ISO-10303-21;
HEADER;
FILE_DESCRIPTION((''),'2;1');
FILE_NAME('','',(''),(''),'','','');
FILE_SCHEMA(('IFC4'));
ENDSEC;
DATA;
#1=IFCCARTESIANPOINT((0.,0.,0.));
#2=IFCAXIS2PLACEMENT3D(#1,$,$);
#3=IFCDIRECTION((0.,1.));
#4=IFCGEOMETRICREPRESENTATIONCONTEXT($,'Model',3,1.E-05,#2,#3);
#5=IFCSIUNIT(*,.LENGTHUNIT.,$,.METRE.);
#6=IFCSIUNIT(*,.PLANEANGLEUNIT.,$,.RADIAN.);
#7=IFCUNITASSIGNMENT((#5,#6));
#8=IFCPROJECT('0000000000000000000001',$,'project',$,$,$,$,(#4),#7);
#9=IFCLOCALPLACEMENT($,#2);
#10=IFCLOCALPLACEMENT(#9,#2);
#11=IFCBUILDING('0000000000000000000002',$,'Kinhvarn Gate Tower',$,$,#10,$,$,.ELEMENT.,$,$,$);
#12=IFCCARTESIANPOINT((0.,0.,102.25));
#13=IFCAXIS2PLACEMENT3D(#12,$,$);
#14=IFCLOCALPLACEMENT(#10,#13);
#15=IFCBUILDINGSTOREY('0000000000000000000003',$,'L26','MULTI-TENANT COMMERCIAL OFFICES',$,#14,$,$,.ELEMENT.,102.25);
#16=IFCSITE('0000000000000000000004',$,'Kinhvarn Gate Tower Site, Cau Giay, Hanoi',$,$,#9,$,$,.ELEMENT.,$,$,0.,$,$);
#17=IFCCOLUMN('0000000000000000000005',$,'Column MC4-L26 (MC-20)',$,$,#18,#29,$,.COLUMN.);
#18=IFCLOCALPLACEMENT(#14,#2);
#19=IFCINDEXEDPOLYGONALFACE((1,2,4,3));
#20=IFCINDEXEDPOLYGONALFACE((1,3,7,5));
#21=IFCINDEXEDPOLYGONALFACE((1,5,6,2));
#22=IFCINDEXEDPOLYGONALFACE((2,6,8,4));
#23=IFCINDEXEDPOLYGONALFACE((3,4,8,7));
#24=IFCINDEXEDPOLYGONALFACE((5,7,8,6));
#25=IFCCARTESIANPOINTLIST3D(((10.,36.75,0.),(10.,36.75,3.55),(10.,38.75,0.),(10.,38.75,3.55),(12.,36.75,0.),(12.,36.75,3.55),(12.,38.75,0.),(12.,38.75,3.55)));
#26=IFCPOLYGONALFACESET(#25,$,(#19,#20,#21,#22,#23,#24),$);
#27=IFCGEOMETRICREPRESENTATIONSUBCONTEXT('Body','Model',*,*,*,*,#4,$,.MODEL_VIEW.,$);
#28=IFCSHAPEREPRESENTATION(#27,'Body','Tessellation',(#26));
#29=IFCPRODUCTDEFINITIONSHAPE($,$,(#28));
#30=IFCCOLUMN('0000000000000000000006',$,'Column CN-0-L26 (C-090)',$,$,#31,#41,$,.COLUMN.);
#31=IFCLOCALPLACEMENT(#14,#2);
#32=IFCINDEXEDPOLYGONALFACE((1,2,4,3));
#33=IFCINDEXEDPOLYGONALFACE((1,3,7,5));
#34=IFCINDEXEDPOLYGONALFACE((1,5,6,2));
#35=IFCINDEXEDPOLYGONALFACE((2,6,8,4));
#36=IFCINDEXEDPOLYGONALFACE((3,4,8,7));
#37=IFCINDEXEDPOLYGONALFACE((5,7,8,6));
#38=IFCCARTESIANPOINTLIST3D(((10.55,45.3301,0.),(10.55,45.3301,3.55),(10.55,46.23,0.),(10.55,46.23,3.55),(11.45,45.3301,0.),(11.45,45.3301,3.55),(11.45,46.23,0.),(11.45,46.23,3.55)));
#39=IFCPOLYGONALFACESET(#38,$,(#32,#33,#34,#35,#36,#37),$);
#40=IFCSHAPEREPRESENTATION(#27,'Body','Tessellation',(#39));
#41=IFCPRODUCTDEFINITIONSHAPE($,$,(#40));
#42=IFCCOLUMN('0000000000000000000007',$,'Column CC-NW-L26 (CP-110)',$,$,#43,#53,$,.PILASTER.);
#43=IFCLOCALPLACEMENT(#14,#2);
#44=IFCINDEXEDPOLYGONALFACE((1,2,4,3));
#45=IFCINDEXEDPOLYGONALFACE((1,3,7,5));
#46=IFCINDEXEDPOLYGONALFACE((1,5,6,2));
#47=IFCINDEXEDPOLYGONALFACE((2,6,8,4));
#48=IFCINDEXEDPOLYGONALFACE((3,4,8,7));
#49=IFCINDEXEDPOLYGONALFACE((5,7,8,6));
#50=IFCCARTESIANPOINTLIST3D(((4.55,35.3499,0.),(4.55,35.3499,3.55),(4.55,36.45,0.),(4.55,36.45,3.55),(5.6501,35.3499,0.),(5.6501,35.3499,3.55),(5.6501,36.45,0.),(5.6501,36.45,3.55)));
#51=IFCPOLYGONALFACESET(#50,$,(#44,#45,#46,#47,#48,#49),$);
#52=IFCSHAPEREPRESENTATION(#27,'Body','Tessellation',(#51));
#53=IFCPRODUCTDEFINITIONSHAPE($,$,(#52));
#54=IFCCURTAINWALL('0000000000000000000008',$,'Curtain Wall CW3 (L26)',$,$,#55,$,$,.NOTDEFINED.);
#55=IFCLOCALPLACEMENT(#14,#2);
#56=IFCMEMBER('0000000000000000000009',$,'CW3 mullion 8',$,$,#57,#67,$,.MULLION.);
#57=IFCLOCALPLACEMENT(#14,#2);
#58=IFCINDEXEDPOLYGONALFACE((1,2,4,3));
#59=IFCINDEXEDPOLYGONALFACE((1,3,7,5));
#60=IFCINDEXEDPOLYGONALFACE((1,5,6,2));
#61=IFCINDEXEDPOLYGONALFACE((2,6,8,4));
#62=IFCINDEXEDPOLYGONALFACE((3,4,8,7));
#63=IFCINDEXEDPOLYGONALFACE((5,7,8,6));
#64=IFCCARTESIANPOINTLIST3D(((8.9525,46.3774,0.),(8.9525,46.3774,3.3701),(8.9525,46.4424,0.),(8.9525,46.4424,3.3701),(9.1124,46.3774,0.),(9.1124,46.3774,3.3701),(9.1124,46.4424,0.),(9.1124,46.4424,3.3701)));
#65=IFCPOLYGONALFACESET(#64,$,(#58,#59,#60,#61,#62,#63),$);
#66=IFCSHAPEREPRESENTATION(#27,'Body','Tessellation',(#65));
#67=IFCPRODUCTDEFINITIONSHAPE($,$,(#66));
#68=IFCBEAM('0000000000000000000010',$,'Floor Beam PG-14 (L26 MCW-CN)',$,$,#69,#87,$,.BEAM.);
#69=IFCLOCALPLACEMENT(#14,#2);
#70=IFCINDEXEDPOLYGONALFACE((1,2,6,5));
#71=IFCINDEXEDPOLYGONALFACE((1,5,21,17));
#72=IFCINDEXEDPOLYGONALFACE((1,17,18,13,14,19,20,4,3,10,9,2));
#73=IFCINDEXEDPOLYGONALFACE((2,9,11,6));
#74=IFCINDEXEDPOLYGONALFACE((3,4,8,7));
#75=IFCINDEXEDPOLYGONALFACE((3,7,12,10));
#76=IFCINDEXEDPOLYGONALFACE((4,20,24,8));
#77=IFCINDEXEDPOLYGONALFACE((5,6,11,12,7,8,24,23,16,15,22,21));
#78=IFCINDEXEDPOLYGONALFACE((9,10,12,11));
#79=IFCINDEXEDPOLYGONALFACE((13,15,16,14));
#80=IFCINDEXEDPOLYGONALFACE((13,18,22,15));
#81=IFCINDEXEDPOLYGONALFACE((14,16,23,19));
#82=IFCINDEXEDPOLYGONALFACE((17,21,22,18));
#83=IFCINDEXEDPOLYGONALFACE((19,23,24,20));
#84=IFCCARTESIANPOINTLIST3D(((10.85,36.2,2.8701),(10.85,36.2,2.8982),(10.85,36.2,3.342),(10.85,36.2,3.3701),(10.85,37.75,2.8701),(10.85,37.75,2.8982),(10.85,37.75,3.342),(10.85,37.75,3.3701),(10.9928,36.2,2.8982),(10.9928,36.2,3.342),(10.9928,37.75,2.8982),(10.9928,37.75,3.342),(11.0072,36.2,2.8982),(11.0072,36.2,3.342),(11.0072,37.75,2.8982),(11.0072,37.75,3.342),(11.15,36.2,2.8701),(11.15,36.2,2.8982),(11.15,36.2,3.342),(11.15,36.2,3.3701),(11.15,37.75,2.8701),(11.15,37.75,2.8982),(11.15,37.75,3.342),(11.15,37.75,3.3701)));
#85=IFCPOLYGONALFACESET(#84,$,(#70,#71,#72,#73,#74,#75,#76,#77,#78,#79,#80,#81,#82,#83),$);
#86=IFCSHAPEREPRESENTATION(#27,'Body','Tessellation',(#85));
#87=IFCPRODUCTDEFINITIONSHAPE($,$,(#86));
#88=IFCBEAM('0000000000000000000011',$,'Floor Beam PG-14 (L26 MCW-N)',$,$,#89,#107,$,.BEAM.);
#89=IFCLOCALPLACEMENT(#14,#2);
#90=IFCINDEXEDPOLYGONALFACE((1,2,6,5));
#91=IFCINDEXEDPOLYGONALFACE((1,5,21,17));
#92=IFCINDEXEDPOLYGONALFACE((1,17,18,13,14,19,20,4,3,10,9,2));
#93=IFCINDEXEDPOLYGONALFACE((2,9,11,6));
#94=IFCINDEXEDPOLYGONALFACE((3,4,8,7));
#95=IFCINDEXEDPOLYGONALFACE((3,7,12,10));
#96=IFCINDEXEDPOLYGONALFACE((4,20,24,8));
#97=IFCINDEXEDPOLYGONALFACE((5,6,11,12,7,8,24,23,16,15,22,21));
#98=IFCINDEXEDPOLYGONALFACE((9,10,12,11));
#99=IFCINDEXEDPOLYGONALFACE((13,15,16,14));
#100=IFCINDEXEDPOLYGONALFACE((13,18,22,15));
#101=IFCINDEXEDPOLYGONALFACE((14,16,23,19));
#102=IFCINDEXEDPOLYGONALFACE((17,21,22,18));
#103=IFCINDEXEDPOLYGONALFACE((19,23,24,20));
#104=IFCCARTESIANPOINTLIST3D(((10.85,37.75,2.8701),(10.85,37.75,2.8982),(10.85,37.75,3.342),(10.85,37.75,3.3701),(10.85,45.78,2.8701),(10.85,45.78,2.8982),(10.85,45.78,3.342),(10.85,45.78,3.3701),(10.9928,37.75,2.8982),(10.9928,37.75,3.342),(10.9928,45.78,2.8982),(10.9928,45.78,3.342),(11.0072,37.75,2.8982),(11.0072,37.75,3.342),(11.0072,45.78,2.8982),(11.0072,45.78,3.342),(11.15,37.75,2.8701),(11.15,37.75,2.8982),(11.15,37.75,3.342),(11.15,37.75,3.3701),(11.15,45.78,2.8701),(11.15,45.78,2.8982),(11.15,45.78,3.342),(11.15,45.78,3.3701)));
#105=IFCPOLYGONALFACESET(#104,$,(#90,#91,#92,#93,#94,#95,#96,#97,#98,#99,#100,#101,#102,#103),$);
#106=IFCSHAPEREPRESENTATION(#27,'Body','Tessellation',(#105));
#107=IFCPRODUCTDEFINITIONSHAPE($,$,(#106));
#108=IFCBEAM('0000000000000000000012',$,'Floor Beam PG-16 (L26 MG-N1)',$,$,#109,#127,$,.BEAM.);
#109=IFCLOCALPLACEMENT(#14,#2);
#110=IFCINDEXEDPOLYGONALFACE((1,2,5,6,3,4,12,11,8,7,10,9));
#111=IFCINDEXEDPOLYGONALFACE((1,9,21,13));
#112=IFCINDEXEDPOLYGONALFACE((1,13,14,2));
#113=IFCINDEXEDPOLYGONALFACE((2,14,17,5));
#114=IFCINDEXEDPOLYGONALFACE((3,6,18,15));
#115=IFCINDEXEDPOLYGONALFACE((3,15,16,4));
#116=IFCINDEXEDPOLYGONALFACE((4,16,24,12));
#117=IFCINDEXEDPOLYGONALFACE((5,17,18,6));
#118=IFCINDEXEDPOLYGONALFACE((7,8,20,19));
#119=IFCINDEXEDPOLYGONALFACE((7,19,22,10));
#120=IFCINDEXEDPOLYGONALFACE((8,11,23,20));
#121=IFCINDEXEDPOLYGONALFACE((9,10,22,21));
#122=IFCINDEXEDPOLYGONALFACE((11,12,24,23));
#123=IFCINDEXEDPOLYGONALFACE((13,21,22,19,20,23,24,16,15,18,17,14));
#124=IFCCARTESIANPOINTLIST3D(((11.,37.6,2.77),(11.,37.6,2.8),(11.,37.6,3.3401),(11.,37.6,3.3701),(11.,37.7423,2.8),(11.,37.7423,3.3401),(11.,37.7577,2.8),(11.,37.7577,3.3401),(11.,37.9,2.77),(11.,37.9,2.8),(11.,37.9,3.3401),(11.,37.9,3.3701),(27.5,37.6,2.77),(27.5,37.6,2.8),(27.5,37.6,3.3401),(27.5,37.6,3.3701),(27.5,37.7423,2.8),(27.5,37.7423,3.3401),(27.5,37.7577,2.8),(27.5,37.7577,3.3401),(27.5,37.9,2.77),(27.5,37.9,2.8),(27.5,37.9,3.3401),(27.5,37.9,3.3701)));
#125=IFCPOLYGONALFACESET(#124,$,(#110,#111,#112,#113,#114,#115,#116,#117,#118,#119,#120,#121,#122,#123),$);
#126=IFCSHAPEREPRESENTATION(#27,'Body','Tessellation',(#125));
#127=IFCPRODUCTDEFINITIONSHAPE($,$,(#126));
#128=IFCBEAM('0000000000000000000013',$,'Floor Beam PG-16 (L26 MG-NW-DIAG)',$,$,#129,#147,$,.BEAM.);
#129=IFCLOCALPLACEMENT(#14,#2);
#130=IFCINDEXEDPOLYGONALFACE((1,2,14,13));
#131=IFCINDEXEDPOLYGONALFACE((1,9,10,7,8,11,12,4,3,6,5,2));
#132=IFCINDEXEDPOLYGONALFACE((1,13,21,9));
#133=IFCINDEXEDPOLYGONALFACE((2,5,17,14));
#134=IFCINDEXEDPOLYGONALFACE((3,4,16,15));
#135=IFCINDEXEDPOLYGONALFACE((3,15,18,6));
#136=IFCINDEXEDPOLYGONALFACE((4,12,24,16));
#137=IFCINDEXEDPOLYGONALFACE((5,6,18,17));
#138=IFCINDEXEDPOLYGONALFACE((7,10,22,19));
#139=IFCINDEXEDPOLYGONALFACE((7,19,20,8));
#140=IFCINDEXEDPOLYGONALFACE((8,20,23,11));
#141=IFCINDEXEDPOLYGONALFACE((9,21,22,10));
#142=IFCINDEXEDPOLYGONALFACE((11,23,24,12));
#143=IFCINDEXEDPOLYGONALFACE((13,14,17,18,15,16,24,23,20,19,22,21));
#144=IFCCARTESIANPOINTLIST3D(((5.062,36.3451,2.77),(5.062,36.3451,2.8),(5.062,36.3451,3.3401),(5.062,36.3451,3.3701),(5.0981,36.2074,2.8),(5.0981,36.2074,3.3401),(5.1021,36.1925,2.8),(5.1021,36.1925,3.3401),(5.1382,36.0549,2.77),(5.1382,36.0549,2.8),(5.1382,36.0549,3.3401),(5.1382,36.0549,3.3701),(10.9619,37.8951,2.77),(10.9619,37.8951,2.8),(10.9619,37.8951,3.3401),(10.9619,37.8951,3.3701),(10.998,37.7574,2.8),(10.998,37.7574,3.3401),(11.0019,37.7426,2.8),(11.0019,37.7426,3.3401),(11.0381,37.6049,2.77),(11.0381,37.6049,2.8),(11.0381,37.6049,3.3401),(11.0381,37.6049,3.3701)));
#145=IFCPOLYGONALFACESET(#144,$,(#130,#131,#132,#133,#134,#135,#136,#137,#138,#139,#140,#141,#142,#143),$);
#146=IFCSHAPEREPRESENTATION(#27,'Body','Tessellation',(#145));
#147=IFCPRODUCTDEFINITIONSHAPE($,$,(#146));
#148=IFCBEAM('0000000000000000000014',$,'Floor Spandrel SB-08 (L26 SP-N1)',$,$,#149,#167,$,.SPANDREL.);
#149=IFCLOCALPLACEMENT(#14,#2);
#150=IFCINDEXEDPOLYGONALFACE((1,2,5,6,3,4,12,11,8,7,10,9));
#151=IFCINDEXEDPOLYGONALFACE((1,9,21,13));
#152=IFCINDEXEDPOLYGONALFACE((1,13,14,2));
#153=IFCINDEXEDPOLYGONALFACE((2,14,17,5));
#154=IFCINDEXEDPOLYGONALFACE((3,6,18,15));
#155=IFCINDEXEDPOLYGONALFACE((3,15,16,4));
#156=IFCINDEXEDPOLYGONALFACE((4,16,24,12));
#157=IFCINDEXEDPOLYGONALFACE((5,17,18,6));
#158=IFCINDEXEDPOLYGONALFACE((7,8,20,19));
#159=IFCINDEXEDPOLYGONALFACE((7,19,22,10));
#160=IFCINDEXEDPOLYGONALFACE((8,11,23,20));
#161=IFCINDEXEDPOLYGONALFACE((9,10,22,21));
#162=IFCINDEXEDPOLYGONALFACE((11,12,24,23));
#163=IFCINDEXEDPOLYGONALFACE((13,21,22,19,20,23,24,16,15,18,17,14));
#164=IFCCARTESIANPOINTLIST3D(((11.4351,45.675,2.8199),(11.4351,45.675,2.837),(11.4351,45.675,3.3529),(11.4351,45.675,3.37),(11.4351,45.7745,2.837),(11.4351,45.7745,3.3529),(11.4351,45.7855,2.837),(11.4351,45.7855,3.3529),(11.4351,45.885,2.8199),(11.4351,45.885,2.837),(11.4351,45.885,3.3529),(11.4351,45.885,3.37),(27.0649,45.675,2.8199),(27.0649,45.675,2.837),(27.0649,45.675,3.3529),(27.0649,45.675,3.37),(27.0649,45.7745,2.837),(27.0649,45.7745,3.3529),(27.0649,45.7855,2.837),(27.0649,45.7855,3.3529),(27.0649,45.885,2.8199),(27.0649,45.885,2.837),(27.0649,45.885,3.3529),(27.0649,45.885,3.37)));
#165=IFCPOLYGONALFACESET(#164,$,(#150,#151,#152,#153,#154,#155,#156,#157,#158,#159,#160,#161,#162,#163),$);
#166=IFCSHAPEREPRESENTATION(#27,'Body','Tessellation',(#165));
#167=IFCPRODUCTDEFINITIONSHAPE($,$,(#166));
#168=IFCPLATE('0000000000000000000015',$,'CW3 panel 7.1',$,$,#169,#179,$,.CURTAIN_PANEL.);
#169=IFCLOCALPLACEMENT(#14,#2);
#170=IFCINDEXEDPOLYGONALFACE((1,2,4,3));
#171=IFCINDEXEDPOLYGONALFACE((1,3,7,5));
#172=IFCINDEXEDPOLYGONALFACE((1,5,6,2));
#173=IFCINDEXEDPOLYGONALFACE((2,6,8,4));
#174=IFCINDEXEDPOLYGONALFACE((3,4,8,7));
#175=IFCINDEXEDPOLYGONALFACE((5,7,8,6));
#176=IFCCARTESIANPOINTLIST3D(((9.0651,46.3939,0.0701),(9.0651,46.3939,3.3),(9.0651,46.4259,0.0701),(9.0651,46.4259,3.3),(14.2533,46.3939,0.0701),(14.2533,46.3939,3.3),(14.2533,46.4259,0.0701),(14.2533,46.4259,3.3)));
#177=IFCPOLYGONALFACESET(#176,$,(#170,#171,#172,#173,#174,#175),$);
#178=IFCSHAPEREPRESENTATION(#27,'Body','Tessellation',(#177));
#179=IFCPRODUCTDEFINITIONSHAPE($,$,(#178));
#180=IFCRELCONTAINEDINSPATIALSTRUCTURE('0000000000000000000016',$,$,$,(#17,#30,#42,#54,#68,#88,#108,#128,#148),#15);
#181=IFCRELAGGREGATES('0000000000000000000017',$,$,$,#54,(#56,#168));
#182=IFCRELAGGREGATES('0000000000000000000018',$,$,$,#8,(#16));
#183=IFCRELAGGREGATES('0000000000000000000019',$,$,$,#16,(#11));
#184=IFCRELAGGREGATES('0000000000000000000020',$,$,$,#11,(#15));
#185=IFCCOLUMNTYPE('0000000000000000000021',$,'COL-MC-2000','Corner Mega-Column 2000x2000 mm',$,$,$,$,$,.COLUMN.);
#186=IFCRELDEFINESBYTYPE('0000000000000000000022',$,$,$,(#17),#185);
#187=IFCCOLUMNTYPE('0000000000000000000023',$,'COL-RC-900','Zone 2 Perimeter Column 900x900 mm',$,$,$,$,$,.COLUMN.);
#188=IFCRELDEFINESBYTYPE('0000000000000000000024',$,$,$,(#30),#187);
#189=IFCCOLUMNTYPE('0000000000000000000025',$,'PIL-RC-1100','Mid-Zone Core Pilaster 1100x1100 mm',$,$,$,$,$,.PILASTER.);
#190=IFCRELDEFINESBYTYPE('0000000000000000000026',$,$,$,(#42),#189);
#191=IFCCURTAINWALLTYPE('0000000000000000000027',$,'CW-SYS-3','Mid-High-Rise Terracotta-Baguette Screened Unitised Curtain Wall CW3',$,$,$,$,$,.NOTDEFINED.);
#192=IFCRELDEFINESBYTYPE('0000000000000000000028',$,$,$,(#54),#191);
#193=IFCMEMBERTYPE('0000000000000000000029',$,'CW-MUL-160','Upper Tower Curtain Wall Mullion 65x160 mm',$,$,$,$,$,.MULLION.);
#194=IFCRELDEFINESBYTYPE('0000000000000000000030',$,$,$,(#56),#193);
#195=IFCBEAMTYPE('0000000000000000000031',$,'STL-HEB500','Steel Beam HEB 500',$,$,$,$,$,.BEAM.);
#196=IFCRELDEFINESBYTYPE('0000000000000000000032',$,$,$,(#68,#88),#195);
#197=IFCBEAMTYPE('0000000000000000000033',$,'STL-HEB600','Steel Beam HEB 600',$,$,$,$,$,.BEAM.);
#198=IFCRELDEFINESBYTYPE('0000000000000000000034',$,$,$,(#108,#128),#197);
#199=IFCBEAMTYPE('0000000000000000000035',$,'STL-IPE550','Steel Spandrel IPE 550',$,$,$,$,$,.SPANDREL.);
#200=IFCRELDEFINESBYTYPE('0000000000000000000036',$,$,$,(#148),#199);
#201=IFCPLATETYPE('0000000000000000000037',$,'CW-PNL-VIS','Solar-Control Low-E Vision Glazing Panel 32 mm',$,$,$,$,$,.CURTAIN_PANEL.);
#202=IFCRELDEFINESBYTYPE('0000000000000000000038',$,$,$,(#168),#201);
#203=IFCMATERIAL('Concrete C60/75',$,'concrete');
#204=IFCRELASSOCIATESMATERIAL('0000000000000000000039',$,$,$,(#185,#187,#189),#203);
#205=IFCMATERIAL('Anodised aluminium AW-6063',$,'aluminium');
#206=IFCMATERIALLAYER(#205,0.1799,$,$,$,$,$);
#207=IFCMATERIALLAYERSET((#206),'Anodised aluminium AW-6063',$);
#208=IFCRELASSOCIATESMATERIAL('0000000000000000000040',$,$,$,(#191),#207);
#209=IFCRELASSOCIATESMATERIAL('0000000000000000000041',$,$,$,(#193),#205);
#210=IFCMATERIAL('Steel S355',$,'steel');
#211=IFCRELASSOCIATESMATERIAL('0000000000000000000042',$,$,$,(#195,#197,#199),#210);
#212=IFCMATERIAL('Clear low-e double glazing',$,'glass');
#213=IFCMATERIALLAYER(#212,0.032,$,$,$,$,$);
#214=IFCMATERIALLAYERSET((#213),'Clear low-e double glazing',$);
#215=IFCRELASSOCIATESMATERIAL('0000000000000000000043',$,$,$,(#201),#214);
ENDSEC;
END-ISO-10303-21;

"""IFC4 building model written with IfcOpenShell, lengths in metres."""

from ifc_helpers import new_model, si_unit, direction, frame, origin, origin_2d, place, context, subcontext, project, spatial, rectangle, i_section, extrude, material, layer, layer_set, material_profile, profile_set, type_object, element, aggregate, save


model = new_model("IFC4")

# Units and contexts
model_context = context("Model", 3, precision=1e-05, world=origin(), true_north=direction((0.0, 1.0)))
body_context = subcontext(model_context, "Body", "Model", "MODEL_VIEW")
ifc_project = project(units=[si_unit("LENGTHUNIT", "METRE"), si_unit("PLANEANGLEUNIT", "RADIAN")], contexts=[model_context])

# Site, building, storey
site_placement = place(None, origin())
site = spatial("IfcSite", under=ifc_project, at=site_placement, Name="Kinhvarn Gate Tower Site, Cau Giay, Hanoi", CompositionType="ELEMENT", RefElevation=0.0)
building_placement = place(site_placement, origin())
building = spatial("IfcBuilding", under=site, at=building_placement, Name="Kinhvarn Gate Tower", CompositionType="ELEMENT")
storey_placement = place(building_placement, frame((0.0, 0.0, 102.25)))
storey = spatial("IfcBuildingStorey", under=building, at=storey_placement, Name="L26", Description="MULTI-TENANT COMMERCIAL OFFICES", CompositionType="ELEMENT", Elevation=102.25)

# Columns
ifc_material_1 = material(Name="Concrete C60/75", Category="concrete")
ifc_material_profile_1 = material_profile(ifc_material_1, rectangle(XDim=2.0, YDim=2.0, at=origin_2d()), Name="RC 2000x2000")
ifc_profile_set_1 = profile_set([ifc_material_profile_1], Name="Concrete C60/75")
column_type_1 = type_object("IfcColumnType", Name="COL-MC-2000", Description="Corner Mega-Column 2000x2000 mm", PredefinedType="COLUMN", material=ifc_profile_set_1)
column_1_placement = place(storey_placement, frame((11.0, 37.75, 0.0), z_axis=(0.0, 0.0, 1.0), x_axis=(1.0, 0.0, 0.0)))
element("IfcColumn", 1, at=column_1_placement, inside=storey, type_object=column_type_1, Name="Column MC4-L26 (MC-20)", PredefinedType="COLUMN", context=body_context, shape_type="SweptSolid", body=[
    extrude(rectangle(XDim=2.0, YDim=2.0, at=origin_2d()), origin(), (0.0, 0.0, 1.0), 3.55),
])
ifc_material_profile_2 = material_profile(ifc_material_1, rectangle(XDim=0.8999, YDim=0.8999, at=origin_2d()), Name="RC 900x900")
ifc_profile_set_2 = profile_set([ifc_material_profile_2], Name="Concrete C60/75")
column_type_2 = type_object("IfcColumnType", Name="COL-RC-900", Description="Zone 2 Perimeter Column 900x900 mm", PredefinedType="COLUMN", material=ifc_profile_set_2)
column_2_placement = place(storey_placement, frame((11.0, 45.78, 0.0), z_axis=(0.0, 0.0, 1.0), x_axis=(1.0, 0.0, 0.0)))
element("IfcColumn", 2, at=column_2_placement, inside=storey, type_object=column_type_2, Name="Column CN-0-L26 (C-090)", PredefinedType="COLUMN", context=body_context, shape_type="SweptSolid", body=[
    extrude(rectangle(XDim=0.8999, YDim=0.8999, at=origin_2d()), origin(), (0.0, 0.0, 1.0), 3.55),
])
ifc_material_profile_3 = material_profile(ifc_material_1, rectangle(XDim=1.1001, YDim=1.1001, at=origin_2d()), Name="RC 1100x1100")
ifc_profile_set_3 = profile_set([ifc_material_profile_3], Name="Concrete C60/75")
column_type_3 = type_object("IfcColumnType", Name="PIL-RC-1100", Description="Mid-Zone Core Pilaster 1100x1100 mm", PredefinedType="PILASTER", material=ifc_profile_set_3)
column_3_placement = place(storey_placement, frame((5.1001, 35.8999, 0.0), z_axis=(0.0, 0.0, 1.0), x_axis=(1.0, 0.0, 0.0)))
element("IfcColumn", 3, at=column_3_placement, inside=storey, type_object=column_type_3, Name="Column CC-NW-L26 (CP-110)", PredefinedType="PILASTER", context=body_context, shape_type="SweptSolid", body=[
    extrude(rectangle(XDim=1.1001, YDim=1.1001, at=origin_2d()), origin(), (0.0, 0.0, 1.0), 3.55),
])

# Curtain wall, member
ifc_material_2 = material(Name="Anodised aluminium AW-6063", Category="aluminium")
ifc_layer_1 = layer(ifc_material_2, 0.1799)
ifc_layer_set_1 = layer_set([ifc_layer_1], Name="Anodised aluminium AW-6063")
curtain_wall_type = type_object("IfcCurtainWallType", Name="CW-SYS-3", Description="Mid-High-Rise Terracotta-Baguette Screened Unitised Curtain Wall CW3", PredefinedType="NOTDEFINED", material=ifc_layer_set_1)
curtain_wall_placement = place(storey_placement, origin())
curtain_wall = element("IfcCurtainWall", 4, at=curtain_wall_placement, inside=storey, type_object=curtain_wall_type, Name="Curtain Wall CW3 (L26)", PredefinedType="NOTDEFINED")
ifc_material_profile_4 = material_profile(ifc_material_2, rectangle(XDim=0.0649, YDim=0.1599, at=origin_2d()), Name="ALU 65x160")
ifc_profile_set_4 = profile_set([ifc_material_profile_4], Name="Anodised aluminium AW-6063")
member_type = type_object("IfcMemberType", Name="CW-MUL-160", Description="Upper Tower Curtain Wall Mullion 65x160 mm", PredefinedType="MULLION", material=ifc_profile_set_4)
member_placement = place(storey_placement, frame((9.0325, 46.4099, 0.0), z_axis=(0.0, 0.0, 1.0), x_axis=(0.0, -1.0, 0.0)))
member = element("IfcMember", 5, at=member_placement, type_object=member_type, Name="CW3 mullion 8", PredefinedType="MULLION", context=body_context, shape_type="SweptSolid", body=[
    extrude(rectangle(XDim=0.0649, YDim=0.1599, at=origin_2d()), origin(), (0.0, 0.0, 1.0), 3.3701),
])

# Beams
ifc_material_3 = material(Name="Steel S355", Category="steel")
ifc_material_profile_5 = material_profile(ifc_material_3, i_section(OverallWidth=0.3, OverallDepth=0.5, WebThickness=0.0144, FlangeThickness=0.0281, at=origin_2d()), Name="HEB 500")
ifc_profile_set_5 = profile_set([ifc_material_profile_5], Name="Steel S355")
beam_type_1 = type_object("IfcBeamType", Name="STL-HEB500", Description="Steel Beam HEB 500", PredefinedType="BEAM", material=ifc_profile_set_5)
beam_1_placement = place(storey_placement, frame((11.0, 36.2, 3.1201), z_axis=(0.0, 1.0, 0.0), x_axis=(-1.0, 0.0, 0.0)))
element("IfcBeam", 6, at=beam_1_placement, inside=storey, type_object=beam_type_1, Name="Floor Beam PG-14 (L26 MCW-CN)", PredefinedType="BEAM", context=body_context, shape_type="SweptSolid", body=[
    extrude(i_section(OverallWidth=0.3, OverallDepth=0.5, WebThickness=0.0144, FlangeThickness=0.0281, at=origin_2d()), origin(), (0.0, 0.0, 1.0), 1.55),
])
beam_2_placement = place(storey_placement, frame((11.0, 37.75, 3.1201), z_axis=(0.0, 1.0, 0.0), x_axis=(-1.0, 0.0, 0.0)))
element("IfcBeam", 7, at=beam_2_placement, inside=storey, type_object=beam_type_1, Name="Floor Beam PG-14 (L26 MCW-N)", PredefinedType="BEAM", context=body_context, shape_type="SweptSolid", body=[
    extrude(i_section(OverallWidth=0.3, OverallDepth=0.5, WebThickness=0.0144, FlangeThickness=0.0281, at=origin_2d()), origin(), (0.0, 0.0, 1.0), 8.03),
])
ifc_material_profile_6 = material_profile(ifc_material_3, i_section(OverallWidth=0.3, OverallDepth=0.6001, WebThickness=0.0154, FlangeThickness=0.03, at=origin_2d()), Name="HEB 600")
ifc_profile_set_6 = profile_set([ifc_material_profile_6], Name="Steel S355")
beam_type_2 = type_object("IfcBeamType", Name="STL-HEB600", Description="Steel Beam HEB 600", PredefinedType="BEAM", material=ifc_profile_set_6)
beam_3_placement = place(storey_placement, frame((11.0, 37.75, 3.0701), z_axis=(1.0, 0.0, 0.0), x_axis=(0.0, 1.0, 0.0)))
element("IfcBeam", 8, at=beam_3_placement, inside=storey, type_object=beam_type_2, Name="Floor Beam PG-16 (L26 MG-N1)", PredefinedType="BEAM", context=body_context, shape_type="SweptSolid", body=[
    extrude(i_section(OverallWidth=0.3, OverallDepth=0.6001, WebThickness=0.0154, FlangeThickness=0.03, at=origin_2d()), origin(), (0.0, 0.0, 1.0), 16.5),
])
beam_4_placement = place(storey_placement, frame((5.1001, 36.2, 3.0701), z_axis=(0.967178, 0.254101, 0.0), x_axis=(-0.254101, 0.967178, 0.0)))
element("IfcBeam", 9, at=beam_4_placement, inside=storey, type_object=beam_type_2, Name="Floor Beam PG-16 (L26 MG-NW-DIAG)", PredefinedType="BEAM", context=body_context, shape_type="SweptSolid", body=[
    extrude(i_section(OverallWidth=0.3, OverallDepth=0.6001, WebThickness=0.0154, FlangeThickness=0.03, at=origin_2d()), origin(), (0.0, 0.0, 1.0), 6.1001),
])
ifc_material_profile_7 = material_profile(ifc_material_3, i_section(OverallWidth=0.21, OverallDepth=0.55, WebThickness=0.011, FlangeThickness=0.0171, at=origin_2d()), Name="IPE 550")
ifc_profile_set_7 = profile_set([ifc_material_profile_7], Name="Steel S355")
beam_type_3 = type_object("IfcBeamType", Name="STL-IPE550", Description="Steel Spandrel IPE 550", PredefinedType="SPANDREL", material=ifc_profile_set_7)
beam_5_placement = place(storey_placement, frame((11.4351, 45.78, 3.095), z_axis=(1.0, 0.0, 0.0), x_axis=(0.0, 1.0, 0.0)))
element("IfcBeam", 10, at=beam_5_placement, inside=storey, type_object=beam_type_3, Name="Floor Spandrel SB-08 (L26 SP-N1)", PredefinedType="SPANDREL", context=body_context, shape_type="SweptSolid", body=[
    extrude(i_section(OverallWidth=0.21, OverallDepth=0.55, WebThickness=0.011, FlangeThickness=0.0171, at=origin_2d()), origin(), (0.0, 0.0, 1.0), 15.6299),
])

# Plate
ifc_material_4 = material(Name="Clear low-e double glazing", Category="glass")
ifc_layer_2 = layer(ifc_material_4, 0.032)
ifc_layer_set_2 = layer_set([ifc_layer_2], Name="Clear low-e double glazing")
plate_type = type_object("IfcPlateType", Name="CW-PNL-VIS", Description="Solar-Control Low-E Vision Glazing Panel 32 mm", PredefinedType="CURTAIN_PANEL", material=ifc_layer_set_2)
plate_placement = place(storey_placement, frame((11.6592, 46.4099, 0.0701), z_axis=(0.0, 0.0, 1.0), x_axis=(-1.0, 0.0, 0.0)))
plate = element("IfcPlate", 11, at=plate_placement, type_object=plate_type, Name="CW3 panel 7.1", PredefinedType="CURTAIN_PANEL", context=body_context, shape_type="SweptSolid", body=[
    extrude(rectangle(XDim=5.1882, YDim=0.032, at=origin_2d()), origin(), (0.0, 0.0, 1.0), 3.23),
])
aggregate(curtain_wall, [member, plate])

save(model, "model.ifc")
